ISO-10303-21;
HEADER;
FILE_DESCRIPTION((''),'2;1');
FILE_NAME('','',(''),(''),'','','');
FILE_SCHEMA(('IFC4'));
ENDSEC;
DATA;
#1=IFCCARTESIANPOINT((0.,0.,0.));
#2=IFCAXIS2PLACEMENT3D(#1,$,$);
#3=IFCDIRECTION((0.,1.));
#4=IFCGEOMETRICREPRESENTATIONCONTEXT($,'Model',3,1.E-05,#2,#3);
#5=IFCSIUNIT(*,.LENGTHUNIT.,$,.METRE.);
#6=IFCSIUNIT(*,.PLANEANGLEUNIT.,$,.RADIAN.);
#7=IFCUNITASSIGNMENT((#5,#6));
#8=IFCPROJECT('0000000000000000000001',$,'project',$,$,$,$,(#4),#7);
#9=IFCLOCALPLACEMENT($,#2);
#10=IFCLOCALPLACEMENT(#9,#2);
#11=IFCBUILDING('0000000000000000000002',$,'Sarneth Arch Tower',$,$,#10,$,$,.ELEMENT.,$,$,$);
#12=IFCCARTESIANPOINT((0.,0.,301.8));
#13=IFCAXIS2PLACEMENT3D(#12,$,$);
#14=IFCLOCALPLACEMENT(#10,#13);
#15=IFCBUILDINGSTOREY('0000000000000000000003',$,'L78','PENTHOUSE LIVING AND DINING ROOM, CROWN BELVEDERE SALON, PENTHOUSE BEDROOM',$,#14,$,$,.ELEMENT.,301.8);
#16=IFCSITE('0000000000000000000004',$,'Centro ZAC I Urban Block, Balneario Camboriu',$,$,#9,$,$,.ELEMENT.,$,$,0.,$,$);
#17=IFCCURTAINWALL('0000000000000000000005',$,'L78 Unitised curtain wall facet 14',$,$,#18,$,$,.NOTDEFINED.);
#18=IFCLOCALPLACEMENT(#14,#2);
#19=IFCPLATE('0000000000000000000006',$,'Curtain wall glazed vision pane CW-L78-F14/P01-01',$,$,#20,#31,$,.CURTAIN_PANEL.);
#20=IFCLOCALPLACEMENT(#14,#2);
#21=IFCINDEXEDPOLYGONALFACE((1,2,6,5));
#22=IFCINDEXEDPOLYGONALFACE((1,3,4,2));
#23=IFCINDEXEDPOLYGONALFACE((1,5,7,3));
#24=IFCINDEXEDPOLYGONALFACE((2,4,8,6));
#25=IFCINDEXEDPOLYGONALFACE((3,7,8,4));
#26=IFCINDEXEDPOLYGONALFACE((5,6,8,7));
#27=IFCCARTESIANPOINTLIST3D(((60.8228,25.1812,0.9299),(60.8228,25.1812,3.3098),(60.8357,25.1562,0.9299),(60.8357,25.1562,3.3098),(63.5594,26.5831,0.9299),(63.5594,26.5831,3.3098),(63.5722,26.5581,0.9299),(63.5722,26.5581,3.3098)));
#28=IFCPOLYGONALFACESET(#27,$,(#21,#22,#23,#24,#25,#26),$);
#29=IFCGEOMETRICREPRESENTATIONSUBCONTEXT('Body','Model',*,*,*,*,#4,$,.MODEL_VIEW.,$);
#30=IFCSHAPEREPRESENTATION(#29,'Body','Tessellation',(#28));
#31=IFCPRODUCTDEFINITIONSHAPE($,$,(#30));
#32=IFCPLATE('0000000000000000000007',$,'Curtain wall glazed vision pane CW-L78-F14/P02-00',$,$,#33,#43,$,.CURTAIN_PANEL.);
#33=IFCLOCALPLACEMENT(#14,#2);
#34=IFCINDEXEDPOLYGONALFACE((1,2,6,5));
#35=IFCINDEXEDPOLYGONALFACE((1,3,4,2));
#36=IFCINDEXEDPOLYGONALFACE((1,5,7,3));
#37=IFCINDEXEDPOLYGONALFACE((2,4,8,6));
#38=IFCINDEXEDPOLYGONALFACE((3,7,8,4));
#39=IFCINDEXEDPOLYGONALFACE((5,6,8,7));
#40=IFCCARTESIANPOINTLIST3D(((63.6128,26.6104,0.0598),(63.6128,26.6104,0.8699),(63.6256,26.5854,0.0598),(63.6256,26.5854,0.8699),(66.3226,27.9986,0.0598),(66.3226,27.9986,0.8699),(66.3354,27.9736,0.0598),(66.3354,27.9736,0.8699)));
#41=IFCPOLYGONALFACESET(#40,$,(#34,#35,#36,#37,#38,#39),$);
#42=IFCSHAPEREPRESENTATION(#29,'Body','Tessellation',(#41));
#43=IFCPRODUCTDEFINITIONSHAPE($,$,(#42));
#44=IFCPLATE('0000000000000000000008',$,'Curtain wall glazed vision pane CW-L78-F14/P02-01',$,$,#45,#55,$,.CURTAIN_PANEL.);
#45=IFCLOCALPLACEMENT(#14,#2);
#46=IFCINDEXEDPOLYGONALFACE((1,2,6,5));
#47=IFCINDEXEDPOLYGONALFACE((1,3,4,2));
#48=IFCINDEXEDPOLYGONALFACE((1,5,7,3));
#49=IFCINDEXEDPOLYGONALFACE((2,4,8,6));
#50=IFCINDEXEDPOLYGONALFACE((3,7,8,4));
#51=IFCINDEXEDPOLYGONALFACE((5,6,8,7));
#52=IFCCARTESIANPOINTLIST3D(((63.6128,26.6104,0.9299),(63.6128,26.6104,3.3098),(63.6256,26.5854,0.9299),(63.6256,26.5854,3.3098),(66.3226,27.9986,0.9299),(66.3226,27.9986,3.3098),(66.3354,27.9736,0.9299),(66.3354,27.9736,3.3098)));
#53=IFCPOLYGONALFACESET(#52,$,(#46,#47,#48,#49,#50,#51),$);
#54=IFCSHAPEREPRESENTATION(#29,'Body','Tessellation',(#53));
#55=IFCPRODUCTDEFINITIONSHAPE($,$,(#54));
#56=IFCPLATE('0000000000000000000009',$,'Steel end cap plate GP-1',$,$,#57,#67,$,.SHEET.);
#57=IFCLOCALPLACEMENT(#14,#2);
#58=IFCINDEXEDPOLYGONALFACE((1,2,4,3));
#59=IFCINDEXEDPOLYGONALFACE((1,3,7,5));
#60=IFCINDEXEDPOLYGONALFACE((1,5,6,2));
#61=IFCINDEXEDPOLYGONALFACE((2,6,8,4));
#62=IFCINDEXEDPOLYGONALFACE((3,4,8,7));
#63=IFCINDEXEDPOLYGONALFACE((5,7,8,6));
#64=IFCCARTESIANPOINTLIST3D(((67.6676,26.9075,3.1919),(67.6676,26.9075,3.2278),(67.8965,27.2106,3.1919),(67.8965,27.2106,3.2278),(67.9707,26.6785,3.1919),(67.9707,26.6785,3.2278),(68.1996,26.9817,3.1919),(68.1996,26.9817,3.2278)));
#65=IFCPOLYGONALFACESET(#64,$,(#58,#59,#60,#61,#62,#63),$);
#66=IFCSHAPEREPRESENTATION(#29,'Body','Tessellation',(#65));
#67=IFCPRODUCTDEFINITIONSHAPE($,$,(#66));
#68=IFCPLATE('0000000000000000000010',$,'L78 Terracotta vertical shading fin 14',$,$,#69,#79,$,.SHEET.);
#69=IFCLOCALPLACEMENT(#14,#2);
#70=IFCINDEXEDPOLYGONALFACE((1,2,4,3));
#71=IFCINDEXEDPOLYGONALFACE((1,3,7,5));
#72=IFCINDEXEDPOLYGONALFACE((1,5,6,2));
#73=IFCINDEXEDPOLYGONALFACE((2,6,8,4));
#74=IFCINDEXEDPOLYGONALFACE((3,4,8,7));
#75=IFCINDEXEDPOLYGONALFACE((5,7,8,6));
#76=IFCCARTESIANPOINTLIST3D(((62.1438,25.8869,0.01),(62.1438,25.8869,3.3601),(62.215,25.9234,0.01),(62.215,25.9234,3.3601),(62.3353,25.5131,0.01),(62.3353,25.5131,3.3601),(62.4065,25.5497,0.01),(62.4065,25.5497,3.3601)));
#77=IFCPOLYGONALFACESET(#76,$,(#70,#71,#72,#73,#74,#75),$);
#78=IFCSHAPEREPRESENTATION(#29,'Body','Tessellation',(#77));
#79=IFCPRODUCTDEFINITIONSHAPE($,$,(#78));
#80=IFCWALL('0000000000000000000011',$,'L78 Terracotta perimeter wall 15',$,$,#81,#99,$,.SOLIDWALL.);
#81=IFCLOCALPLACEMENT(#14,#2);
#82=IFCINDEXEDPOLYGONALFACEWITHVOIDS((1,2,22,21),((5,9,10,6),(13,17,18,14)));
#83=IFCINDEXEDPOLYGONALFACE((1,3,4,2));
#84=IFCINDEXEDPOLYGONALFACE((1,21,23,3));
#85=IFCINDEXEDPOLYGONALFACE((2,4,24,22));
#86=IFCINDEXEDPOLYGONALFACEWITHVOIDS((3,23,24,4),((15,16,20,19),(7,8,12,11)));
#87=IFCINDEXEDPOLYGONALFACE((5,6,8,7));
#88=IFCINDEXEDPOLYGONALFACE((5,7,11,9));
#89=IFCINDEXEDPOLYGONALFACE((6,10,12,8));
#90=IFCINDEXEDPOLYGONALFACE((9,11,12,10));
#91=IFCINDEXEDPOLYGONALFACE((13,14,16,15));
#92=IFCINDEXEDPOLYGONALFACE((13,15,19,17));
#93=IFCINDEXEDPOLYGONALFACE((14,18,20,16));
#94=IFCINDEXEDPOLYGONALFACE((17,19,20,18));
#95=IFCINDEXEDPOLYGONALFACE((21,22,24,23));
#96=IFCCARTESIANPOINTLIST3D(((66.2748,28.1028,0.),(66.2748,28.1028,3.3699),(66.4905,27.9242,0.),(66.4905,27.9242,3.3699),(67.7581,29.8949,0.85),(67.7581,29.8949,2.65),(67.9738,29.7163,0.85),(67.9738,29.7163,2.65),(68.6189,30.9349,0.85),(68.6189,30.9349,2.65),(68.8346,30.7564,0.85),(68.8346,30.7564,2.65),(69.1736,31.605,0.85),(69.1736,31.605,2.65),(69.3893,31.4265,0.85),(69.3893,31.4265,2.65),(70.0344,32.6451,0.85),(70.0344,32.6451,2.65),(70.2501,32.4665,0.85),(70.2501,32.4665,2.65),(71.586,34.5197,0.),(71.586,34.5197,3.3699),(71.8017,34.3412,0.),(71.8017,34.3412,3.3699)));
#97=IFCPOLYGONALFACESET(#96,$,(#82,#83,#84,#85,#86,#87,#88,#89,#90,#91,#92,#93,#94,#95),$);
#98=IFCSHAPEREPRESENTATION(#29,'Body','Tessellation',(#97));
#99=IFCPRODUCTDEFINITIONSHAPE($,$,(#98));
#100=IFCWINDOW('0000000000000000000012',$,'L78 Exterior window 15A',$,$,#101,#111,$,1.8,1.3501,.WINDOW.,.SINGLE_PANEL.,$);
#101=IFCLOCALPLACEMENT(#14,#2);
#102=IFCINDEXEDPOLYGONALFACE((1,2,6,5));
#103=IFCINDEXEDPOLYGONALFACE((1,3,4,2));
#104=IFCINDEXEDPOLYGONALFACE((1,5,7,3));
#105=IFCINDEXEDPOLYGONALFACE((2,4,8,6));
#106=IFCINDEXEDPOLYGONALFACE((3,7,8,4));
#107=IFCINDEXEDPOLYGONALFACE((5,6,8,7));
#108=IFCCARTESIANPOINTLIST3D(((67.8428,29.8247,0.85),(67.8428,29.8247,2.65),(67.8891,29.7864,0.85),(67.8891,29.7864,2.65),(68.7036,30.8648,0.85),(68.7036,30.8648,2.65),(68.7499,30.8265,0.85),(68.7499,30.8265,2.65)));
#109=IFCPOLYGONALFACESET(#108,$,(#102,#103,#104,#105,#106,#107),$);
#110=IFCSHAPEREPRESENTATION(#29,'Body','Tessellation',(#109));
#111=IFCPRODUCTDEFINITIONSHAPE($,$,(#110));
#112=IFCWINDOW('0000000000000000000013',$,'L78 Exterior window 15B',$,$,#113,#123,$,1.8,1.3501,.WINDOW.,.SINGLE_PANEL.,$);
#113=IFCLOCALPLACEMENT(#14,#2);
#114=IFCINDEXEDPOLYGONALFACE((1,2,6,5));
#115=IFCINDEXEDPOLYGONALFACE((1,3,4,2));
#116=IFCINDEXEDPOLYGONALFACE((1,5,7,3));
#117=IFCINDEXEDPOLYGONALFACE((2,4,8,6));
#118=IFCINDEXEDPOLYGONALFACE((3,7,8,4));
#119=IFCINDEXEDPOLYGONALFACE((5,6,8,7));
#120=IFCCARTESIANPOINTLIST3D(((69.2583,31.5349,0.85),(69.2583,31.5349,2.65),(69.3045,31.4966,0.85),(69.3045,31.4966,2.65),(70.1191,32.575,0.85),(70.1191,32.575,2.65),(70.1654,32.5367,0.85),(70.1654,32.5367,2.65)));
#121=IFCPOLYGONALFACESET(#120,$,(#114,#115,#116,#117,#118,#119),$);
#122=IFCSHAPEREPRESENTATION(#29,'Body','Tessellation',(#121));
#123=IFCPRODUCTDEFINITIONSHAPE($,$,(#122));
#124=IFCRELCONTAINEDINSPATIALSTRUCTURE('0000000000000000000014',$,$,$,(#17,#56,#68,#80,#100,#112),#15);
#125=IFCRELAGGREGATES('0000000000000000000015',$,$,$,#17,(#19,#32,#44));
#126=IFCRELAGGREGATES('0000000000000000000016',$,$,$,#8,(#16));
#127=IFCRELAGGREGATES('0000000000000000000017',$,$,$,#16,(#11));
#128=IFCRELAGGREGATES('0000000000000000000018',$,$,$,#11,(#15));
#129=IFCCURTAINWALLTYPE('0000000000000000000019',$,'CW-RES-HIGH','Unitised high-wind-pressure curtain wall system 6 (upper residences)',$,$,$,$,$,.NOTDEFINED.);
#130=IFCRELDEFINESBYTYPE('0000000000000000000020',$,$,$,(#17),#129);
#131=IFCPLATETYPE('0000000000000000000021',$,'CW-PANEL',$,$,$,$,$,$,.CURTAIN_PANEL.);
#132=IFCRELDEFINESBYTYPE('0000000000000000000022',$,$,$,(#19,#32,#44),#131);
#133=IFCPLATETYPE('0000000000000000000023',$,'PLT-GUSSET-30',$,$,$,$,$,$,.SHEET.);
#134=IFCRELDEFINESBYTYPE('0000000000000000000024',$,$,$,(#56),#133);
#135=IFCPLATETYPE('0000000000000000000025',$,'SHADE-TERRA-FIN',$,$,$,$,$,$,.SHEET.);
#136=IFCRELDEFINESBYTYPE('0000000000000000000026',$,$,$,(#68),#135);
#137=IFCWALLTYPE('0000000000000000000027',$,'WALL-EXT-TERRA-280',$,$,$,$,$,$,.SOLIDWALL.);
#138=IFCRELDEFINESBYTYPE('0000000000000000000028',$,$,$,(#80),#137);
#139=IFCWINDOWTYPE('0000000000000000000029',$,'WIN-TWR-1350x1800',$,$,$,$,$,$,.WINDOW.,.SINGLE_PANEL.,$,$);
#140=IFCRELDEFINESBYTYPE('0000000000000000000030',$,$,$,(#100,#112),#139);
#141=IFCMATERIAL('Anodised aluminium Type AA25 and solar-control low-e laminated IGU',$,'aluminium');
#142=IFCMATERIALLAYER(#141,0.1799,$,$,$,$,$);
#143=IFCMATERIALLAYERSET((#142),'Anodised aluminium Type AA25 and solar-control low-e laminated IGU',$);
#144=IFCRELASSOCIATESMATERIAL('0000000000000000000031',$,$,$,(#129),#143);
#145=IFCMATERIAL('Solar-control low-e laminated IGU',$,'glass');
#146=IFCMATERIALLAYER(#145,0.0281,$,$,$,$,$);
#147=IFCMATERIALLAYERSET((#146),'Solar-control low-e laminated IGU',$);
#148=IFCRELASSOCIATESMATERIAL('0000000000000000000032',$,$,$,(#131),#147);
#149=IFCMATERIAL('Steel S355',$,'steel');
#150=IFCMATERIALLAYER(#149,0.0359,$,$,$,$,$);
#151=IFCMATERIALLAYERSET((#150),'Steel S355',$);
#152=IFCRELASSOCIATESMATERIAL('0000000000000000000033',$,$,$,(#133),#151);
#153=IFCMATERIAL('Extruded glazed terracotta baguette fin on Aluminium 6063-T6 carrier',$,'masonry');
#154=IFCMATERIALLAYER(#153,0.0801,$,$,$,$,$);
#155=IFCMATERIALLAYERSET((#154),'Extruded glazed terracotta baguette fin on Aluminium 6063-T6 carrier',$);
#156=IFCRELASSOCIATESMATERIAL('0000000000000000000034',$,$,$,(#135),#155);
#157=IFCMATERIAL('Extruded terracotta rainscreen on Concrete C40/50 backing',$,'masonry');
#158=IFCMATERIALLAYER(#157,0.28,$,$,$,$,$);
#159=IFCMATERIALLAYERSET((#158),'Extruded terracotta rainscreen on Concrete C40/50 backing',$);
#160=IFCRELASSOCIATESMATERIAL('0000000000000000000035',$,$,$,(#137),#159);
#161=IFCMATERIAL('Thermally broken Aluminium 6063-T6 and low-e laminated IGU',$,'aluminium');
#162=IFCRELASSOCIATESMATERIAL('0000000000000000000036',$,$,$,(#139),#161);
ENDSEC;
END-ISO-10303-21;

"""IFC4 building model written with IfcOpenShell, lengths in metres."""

from ifc_helpers import new_model, si_unit, direction, frame, frame_2d, origin, origin_2d, place, context, subcontext, project, spatial, rectangle, extrude, material, layer, layer_set, type_object, element, fill, aggregate, save


model = new_model("IFC4")

# Units and contexts
model_context = context("Model", 3, precision=1e-05, world=origin(), true_north=direction((0.0, 1.0)))
body_context = subcontext(model_context, "Body", "Model", "MODEL_VIEW")
ifc_project = project(units=[si_unit("LENGTHUNIT", "METRE"), si_unit("PLANEANGLEUNIT", "RADIAN")], contexts=[model_context])

# Site, building, storey
site_placement = place(None, origin())
site = spatial("IfcSite", under=ifc_project, at=site_placement, Name="Centro ZAC I Urban Block, Balneario Camboriu", CompositionType="ELEMENT", RefElevation=0.0)
building_placement = place(site_placement, origin())
building = spatial("IfcBuilding", under=site, at=building_placement, Name="Sarneth Arch Tower", CompositionType="ELEMENT")
storey_placement = place(building_placement, frame((0.0, 0.0, 301.8)))
storey = spatial("IfcBuildingStorey", under=building, at=storey_placement, Name="L78", Description="PENTHOUSE LIVING AND DINING ROOM, CROWN BELVEDERE SALON, PENTHOUSE BEDROOM", CompositionType="ELEMENT", Elevation=301.8)

# Curtain wall
ifc_material_1 = material(Name="Anodised aluminium Type AA25 and solar-control low-e laminated IGU", Category="aluminium")
ifc_layer_1 = layer(ifc_material_1, 0.1799)
ifc_layer_set_1 = layer_set([ifc_layer_1], Name="Anodised aluminium Type AA25 and solar-control low-e laminated IGU")
curtain_wall_type = type_object("IfcCurtainWallType", Name="CW-RES-HIGH", Description="Unitised high-wind-pressure curtain wall system 6 (upper residences)", PredefinedType="NOTDEFINED", material=ifc_layer_set_1)
curtain_wall_placement = place(storey_placement, origin())
curtain_wall = element("IfcCurtainWall", 1, at=curtain_wall_placement, inside=storey, type_object=curtain_wall_type, Name="L78 Unitised curtain wall facet 14", PredefinedType="NOTDEFINED")

# Plates
ifc_material_2 = material(Name="Solar-control low-e laminated IGU", Category="glass")
ifc_layer_2 = layer(ifc_material_2, 0.0281)
ifc_layer_set_2 = layer_set([ifc_layer_2], Name="Solar-control low-e laminated IGU")
plate_type_1 = type_object("IfcPlateType", Name="CW-PANEL", PredefinedType="CURTAIN_PANEL", material=ifc_layer_set_2)
plate_1_placement = place(storey_placement, frame((62.1975, 25.8696, 0.9299), z_axis=(0.0, 0.0, 1.0), x_axis=(0.89001, 0.455942, 0.0)))
plate_1 = element("IfcPlate", 2, at=plate_1_placement, type_object=plate_type_1, Name="Curtain wall glazed vision pane CW-L78-F14/P01-01", PredefinedType="CURTAIN_PANEL", context=body_context, shape_type="SweptSolid", body=[
    extrude(rectangle(XDim=3.0747, YDim=0.0281, at=origin_2d()), origin(), (0.0, 0.0, 1.0), 2.3799),
])
plate_2_placement = place(storey_placement, frame((64.9741, 27.292, 0.0598), z_axis=(0.0, 0.0, 1.0), x_axis=(0.89001, 0.455942, 0.0)))
plate_2 = element("IfcPlate", 3, at=plate_2_placement, type_object=plate_type_1, Name="Curtain wall glazed vision pane CW-L78-F14/P02-00", PredefinedType="CURTAIN_PANEL", context=body_context, shape_type="SweptSolid", body=[
    extrude(rectangle(XDim=3.0447, YDim=0.0281, at=origin_2d()), origin(), (0.0, 0.0, 1.0), 0.8101),
])
plate_3_placement = place(storey_placement, frame((64.9741, 27.292, 0.9299), z_axis=(0.0, 0.0, 1.0), x_axis=(0.89001, 0.455942, 0.0)))
plate_3 = element("IfcPlate", 4, at=plate_3_placement, type_object=plate_type_1, Name="Curtain wall glazed vision pane CW-L78-F14/P02-01", PredefinedType="CURTAIN_PANEL", context=body_context, shape_type="SweptSolid", body=[
    extrude(rectangle(XDim=3.0447, YDim=0.0281, at=origin_2d()), origin(), (0.0, 0.0, 1.0), 2.3799),
])
aggregate(curtain_wall, [plate_1, plate_2, plate_3])

# Plates
ifc_material_3 = material(Name="Steel S355", Category="steel")
ifc_layer_3 = layer(ifc_material_3, 0.0359)
ifc_layer_set_3 = layer_set([ifc_layer_3], Name="Steel S355")
plate_type_2 = type_object("IfcPlateType", Name="PLT-GUSSET-30", PredefinedType="SHEET", material=ifc_layer_set_3)
plate_4_placement = place(storey_placement, frame((67.9336, 26.9446, 3.1919), z_axis=(0.0, 0.0, 1.0), x_axis=(0.798005, -0.602651, 0.0)))
element("IfcPlate", 5, at=plate_4_placement, inside=storey, type_object=plate_type_2, Name="Steel end cap plate GP-1", PredefinedType="SHEET", context=body_context, shape_type="SweptSolid", body=[
    extrude(rectangle(XDim=0.3799, YDim=0.3799, at=origin_2d()), origin(), (0.0, 0.0, 1.0), 0.0359),
])
ifc_material_4 = material(Name="Extruded glazed terracotta baguette fin on Aluminium 6063-T6 carrier", Category="masonry")
ifc_layer_4 = layer(ifc_material_4, 0.0801)
ifc_layer_set_4 = layer_set([ifc_layer_4], Name="Extruded glazed terracotta baguette fin on Aluminium 6063-T6 carrier")
plate_type_3 = type_object("IfcPlateType", Name="SHADE-TERRA-FIN", PredefinedType="SHEET", material=ifc_layer_set_4)
plate_5_placement = place(storey_placement, frame((62.2751, 25.7183, 0.01), z_axis=(0.0, 0.0, 1.0), x_axis=(0.456011, -0.889974, 0.0)))
element("IfcPlate", 6, at=plate_5_placement, inside=storey, type_object=plate_type_3, Name="L78 Terracotta vertical shading fin 14", PredefinedType="SHEET", context=body_context, shape_type="SweptSolid", body=[
    extrude(rectangle(XDim=0.4199, YDim=0.0801, at=origin_2d()), origin(), (0.0, 0.0, 1.0), 3.3501),
])

# Wall, openings, windows
ifc_material_5 = material(Name="Extruded terracotta rainscreen on Concrete C40/50 backing", Category="masonry")
ifc_layer_5 = layer(ifc_material_5, 0.28)
ifc_layer_set_5 = layer_set([ifc_layer_5], Name="Extruded terracotta rainscreen on Concrete C40/50 backing")
wall_type = type_object("IfcWallType", Name="WALL-EXT-TERRA-280", PredefinedType="SOLIDWALL", material=ifc_layer_set_5)
wall_placement = place(storey_placement, frame((66.3826, 28.0134, 0.0), z_axis=(0.0, 0.0, 1.0), x_axis=(0.637615, 0.770355, 0.0)))
wall = element("IfcWall", 7, at=wall_placement, inside=storey, type_object=wall_type, Name="L78 Terracotta perimeter wall 15", PredefinedType="SOLIDWALL", context=body_context, shape_type="SweptSolid", body=[
    extrude(rectangle(XDim=8.3298, YDim=0.28, at=frame_2d((4.165, 0.0))), origin(), (0.0, 0.0, 1.0), 3.3699),
])
opening_1_placement = place(wall_placement, frame((2.3264, 0.0, 0.8501)))
opening_1 = element("IfcOpeningElement", 8, at=opening_1_placement, cuts=wall, PredefinedType="OPENING", context=body_context, shape_type="SweptSolid", body=[
    extrude(rectangle(XDim=1.3501, YDim=1.8, at=frame_2d((0.675, 0.8999))), frame((0.0, 0.1499, 0.0), z_axis=(0.0, -1.0, 0.0), x_axis=(1.0, 0.0, 0.0)), (0.0, 0.0, 1.0), 0.3),
])
opening_2_placement = place(wall_placement, frame((4.5464, 0.0, 0.8501)))
opening_2 = element("IfcOpeningElement", 9, at=opening_2_placement, cuts=wall, PredefinedType="OPENING", context=body_context, shape_type="SweptSolid", body=[
    extrude(rectangle(XDim=1.3501, YDim=1.8, at=frame_2d((0.675, 0.8999))), frame((0.0, 0.1499, 0.0), z_axis=(0.0, -1.0, 0.0), x_axis=(1.0, 0.0, 0.0)), (0.0, 0.0, 1.0), 0.3),
])
ifc_material_6 = material(Name="Thermally broken Aluminium 6063-T6 and low-e laminated IGU", Category="aluminium")
window_type = type_object("IfcWindowType", Name="WIN-TWR-1350x1800", PartitioningType="SINGLE_PANEL", PredefinedType="WINDOW", material=ifc_material_6)
window_1_placement = place(opening_1_placement, origin())
window_1 = element("IfcWindow", 10, at=window_1_placement, inside=storey, type_object=window_type, Name="L78 Exterior window 15A", OverallHeight=1.8, OverallWidth=1.3501, PartitioningType="SINGLE_PANEL", PredefinedType="WINDOW", context=body_context, shape_type="SweptSolid", body=[
    extrude(rectangle(XDim=1.3501, YDim=1.8, at=frame_2d((0.675, 0.8999))), frame((0.0, 0.03, 0.0), z_axis=(0.0, -1.0, 0.0), x_axis=(1.0, 0.0, 0.0)), (0.0, 0.0, 1.0), 0.0601),
])
fill(opening_1, window_1)
window_2_placement = place(opening_2_placement, origin())
window_2 = element("IfcWindow", 11, at=window_2_placement, inside=storey, type_object=window_type, Name="L78 Exterior window 15B", OverallHeight=1.8, OverallWidth=1.3501, PartitioningType="SINGLE_PANEL", PredefinedType="WINDOW", context=body_context, shape_type="SweptSolid", body=[
    extrude(rectangle(XDim=1.3501, YDim=1.8, at=frame_2d((0.675, 0.8999))), frame((0.0, 0.03, 0.0), z_axis=(0.0, -1.0, 0.0), x_axis=(1.0, 0.0, 0.0)), (0.0, 0.0, 1.0), 0.0601),
])
fill(opening_2, window_2)

save(model, "model.ifc")
